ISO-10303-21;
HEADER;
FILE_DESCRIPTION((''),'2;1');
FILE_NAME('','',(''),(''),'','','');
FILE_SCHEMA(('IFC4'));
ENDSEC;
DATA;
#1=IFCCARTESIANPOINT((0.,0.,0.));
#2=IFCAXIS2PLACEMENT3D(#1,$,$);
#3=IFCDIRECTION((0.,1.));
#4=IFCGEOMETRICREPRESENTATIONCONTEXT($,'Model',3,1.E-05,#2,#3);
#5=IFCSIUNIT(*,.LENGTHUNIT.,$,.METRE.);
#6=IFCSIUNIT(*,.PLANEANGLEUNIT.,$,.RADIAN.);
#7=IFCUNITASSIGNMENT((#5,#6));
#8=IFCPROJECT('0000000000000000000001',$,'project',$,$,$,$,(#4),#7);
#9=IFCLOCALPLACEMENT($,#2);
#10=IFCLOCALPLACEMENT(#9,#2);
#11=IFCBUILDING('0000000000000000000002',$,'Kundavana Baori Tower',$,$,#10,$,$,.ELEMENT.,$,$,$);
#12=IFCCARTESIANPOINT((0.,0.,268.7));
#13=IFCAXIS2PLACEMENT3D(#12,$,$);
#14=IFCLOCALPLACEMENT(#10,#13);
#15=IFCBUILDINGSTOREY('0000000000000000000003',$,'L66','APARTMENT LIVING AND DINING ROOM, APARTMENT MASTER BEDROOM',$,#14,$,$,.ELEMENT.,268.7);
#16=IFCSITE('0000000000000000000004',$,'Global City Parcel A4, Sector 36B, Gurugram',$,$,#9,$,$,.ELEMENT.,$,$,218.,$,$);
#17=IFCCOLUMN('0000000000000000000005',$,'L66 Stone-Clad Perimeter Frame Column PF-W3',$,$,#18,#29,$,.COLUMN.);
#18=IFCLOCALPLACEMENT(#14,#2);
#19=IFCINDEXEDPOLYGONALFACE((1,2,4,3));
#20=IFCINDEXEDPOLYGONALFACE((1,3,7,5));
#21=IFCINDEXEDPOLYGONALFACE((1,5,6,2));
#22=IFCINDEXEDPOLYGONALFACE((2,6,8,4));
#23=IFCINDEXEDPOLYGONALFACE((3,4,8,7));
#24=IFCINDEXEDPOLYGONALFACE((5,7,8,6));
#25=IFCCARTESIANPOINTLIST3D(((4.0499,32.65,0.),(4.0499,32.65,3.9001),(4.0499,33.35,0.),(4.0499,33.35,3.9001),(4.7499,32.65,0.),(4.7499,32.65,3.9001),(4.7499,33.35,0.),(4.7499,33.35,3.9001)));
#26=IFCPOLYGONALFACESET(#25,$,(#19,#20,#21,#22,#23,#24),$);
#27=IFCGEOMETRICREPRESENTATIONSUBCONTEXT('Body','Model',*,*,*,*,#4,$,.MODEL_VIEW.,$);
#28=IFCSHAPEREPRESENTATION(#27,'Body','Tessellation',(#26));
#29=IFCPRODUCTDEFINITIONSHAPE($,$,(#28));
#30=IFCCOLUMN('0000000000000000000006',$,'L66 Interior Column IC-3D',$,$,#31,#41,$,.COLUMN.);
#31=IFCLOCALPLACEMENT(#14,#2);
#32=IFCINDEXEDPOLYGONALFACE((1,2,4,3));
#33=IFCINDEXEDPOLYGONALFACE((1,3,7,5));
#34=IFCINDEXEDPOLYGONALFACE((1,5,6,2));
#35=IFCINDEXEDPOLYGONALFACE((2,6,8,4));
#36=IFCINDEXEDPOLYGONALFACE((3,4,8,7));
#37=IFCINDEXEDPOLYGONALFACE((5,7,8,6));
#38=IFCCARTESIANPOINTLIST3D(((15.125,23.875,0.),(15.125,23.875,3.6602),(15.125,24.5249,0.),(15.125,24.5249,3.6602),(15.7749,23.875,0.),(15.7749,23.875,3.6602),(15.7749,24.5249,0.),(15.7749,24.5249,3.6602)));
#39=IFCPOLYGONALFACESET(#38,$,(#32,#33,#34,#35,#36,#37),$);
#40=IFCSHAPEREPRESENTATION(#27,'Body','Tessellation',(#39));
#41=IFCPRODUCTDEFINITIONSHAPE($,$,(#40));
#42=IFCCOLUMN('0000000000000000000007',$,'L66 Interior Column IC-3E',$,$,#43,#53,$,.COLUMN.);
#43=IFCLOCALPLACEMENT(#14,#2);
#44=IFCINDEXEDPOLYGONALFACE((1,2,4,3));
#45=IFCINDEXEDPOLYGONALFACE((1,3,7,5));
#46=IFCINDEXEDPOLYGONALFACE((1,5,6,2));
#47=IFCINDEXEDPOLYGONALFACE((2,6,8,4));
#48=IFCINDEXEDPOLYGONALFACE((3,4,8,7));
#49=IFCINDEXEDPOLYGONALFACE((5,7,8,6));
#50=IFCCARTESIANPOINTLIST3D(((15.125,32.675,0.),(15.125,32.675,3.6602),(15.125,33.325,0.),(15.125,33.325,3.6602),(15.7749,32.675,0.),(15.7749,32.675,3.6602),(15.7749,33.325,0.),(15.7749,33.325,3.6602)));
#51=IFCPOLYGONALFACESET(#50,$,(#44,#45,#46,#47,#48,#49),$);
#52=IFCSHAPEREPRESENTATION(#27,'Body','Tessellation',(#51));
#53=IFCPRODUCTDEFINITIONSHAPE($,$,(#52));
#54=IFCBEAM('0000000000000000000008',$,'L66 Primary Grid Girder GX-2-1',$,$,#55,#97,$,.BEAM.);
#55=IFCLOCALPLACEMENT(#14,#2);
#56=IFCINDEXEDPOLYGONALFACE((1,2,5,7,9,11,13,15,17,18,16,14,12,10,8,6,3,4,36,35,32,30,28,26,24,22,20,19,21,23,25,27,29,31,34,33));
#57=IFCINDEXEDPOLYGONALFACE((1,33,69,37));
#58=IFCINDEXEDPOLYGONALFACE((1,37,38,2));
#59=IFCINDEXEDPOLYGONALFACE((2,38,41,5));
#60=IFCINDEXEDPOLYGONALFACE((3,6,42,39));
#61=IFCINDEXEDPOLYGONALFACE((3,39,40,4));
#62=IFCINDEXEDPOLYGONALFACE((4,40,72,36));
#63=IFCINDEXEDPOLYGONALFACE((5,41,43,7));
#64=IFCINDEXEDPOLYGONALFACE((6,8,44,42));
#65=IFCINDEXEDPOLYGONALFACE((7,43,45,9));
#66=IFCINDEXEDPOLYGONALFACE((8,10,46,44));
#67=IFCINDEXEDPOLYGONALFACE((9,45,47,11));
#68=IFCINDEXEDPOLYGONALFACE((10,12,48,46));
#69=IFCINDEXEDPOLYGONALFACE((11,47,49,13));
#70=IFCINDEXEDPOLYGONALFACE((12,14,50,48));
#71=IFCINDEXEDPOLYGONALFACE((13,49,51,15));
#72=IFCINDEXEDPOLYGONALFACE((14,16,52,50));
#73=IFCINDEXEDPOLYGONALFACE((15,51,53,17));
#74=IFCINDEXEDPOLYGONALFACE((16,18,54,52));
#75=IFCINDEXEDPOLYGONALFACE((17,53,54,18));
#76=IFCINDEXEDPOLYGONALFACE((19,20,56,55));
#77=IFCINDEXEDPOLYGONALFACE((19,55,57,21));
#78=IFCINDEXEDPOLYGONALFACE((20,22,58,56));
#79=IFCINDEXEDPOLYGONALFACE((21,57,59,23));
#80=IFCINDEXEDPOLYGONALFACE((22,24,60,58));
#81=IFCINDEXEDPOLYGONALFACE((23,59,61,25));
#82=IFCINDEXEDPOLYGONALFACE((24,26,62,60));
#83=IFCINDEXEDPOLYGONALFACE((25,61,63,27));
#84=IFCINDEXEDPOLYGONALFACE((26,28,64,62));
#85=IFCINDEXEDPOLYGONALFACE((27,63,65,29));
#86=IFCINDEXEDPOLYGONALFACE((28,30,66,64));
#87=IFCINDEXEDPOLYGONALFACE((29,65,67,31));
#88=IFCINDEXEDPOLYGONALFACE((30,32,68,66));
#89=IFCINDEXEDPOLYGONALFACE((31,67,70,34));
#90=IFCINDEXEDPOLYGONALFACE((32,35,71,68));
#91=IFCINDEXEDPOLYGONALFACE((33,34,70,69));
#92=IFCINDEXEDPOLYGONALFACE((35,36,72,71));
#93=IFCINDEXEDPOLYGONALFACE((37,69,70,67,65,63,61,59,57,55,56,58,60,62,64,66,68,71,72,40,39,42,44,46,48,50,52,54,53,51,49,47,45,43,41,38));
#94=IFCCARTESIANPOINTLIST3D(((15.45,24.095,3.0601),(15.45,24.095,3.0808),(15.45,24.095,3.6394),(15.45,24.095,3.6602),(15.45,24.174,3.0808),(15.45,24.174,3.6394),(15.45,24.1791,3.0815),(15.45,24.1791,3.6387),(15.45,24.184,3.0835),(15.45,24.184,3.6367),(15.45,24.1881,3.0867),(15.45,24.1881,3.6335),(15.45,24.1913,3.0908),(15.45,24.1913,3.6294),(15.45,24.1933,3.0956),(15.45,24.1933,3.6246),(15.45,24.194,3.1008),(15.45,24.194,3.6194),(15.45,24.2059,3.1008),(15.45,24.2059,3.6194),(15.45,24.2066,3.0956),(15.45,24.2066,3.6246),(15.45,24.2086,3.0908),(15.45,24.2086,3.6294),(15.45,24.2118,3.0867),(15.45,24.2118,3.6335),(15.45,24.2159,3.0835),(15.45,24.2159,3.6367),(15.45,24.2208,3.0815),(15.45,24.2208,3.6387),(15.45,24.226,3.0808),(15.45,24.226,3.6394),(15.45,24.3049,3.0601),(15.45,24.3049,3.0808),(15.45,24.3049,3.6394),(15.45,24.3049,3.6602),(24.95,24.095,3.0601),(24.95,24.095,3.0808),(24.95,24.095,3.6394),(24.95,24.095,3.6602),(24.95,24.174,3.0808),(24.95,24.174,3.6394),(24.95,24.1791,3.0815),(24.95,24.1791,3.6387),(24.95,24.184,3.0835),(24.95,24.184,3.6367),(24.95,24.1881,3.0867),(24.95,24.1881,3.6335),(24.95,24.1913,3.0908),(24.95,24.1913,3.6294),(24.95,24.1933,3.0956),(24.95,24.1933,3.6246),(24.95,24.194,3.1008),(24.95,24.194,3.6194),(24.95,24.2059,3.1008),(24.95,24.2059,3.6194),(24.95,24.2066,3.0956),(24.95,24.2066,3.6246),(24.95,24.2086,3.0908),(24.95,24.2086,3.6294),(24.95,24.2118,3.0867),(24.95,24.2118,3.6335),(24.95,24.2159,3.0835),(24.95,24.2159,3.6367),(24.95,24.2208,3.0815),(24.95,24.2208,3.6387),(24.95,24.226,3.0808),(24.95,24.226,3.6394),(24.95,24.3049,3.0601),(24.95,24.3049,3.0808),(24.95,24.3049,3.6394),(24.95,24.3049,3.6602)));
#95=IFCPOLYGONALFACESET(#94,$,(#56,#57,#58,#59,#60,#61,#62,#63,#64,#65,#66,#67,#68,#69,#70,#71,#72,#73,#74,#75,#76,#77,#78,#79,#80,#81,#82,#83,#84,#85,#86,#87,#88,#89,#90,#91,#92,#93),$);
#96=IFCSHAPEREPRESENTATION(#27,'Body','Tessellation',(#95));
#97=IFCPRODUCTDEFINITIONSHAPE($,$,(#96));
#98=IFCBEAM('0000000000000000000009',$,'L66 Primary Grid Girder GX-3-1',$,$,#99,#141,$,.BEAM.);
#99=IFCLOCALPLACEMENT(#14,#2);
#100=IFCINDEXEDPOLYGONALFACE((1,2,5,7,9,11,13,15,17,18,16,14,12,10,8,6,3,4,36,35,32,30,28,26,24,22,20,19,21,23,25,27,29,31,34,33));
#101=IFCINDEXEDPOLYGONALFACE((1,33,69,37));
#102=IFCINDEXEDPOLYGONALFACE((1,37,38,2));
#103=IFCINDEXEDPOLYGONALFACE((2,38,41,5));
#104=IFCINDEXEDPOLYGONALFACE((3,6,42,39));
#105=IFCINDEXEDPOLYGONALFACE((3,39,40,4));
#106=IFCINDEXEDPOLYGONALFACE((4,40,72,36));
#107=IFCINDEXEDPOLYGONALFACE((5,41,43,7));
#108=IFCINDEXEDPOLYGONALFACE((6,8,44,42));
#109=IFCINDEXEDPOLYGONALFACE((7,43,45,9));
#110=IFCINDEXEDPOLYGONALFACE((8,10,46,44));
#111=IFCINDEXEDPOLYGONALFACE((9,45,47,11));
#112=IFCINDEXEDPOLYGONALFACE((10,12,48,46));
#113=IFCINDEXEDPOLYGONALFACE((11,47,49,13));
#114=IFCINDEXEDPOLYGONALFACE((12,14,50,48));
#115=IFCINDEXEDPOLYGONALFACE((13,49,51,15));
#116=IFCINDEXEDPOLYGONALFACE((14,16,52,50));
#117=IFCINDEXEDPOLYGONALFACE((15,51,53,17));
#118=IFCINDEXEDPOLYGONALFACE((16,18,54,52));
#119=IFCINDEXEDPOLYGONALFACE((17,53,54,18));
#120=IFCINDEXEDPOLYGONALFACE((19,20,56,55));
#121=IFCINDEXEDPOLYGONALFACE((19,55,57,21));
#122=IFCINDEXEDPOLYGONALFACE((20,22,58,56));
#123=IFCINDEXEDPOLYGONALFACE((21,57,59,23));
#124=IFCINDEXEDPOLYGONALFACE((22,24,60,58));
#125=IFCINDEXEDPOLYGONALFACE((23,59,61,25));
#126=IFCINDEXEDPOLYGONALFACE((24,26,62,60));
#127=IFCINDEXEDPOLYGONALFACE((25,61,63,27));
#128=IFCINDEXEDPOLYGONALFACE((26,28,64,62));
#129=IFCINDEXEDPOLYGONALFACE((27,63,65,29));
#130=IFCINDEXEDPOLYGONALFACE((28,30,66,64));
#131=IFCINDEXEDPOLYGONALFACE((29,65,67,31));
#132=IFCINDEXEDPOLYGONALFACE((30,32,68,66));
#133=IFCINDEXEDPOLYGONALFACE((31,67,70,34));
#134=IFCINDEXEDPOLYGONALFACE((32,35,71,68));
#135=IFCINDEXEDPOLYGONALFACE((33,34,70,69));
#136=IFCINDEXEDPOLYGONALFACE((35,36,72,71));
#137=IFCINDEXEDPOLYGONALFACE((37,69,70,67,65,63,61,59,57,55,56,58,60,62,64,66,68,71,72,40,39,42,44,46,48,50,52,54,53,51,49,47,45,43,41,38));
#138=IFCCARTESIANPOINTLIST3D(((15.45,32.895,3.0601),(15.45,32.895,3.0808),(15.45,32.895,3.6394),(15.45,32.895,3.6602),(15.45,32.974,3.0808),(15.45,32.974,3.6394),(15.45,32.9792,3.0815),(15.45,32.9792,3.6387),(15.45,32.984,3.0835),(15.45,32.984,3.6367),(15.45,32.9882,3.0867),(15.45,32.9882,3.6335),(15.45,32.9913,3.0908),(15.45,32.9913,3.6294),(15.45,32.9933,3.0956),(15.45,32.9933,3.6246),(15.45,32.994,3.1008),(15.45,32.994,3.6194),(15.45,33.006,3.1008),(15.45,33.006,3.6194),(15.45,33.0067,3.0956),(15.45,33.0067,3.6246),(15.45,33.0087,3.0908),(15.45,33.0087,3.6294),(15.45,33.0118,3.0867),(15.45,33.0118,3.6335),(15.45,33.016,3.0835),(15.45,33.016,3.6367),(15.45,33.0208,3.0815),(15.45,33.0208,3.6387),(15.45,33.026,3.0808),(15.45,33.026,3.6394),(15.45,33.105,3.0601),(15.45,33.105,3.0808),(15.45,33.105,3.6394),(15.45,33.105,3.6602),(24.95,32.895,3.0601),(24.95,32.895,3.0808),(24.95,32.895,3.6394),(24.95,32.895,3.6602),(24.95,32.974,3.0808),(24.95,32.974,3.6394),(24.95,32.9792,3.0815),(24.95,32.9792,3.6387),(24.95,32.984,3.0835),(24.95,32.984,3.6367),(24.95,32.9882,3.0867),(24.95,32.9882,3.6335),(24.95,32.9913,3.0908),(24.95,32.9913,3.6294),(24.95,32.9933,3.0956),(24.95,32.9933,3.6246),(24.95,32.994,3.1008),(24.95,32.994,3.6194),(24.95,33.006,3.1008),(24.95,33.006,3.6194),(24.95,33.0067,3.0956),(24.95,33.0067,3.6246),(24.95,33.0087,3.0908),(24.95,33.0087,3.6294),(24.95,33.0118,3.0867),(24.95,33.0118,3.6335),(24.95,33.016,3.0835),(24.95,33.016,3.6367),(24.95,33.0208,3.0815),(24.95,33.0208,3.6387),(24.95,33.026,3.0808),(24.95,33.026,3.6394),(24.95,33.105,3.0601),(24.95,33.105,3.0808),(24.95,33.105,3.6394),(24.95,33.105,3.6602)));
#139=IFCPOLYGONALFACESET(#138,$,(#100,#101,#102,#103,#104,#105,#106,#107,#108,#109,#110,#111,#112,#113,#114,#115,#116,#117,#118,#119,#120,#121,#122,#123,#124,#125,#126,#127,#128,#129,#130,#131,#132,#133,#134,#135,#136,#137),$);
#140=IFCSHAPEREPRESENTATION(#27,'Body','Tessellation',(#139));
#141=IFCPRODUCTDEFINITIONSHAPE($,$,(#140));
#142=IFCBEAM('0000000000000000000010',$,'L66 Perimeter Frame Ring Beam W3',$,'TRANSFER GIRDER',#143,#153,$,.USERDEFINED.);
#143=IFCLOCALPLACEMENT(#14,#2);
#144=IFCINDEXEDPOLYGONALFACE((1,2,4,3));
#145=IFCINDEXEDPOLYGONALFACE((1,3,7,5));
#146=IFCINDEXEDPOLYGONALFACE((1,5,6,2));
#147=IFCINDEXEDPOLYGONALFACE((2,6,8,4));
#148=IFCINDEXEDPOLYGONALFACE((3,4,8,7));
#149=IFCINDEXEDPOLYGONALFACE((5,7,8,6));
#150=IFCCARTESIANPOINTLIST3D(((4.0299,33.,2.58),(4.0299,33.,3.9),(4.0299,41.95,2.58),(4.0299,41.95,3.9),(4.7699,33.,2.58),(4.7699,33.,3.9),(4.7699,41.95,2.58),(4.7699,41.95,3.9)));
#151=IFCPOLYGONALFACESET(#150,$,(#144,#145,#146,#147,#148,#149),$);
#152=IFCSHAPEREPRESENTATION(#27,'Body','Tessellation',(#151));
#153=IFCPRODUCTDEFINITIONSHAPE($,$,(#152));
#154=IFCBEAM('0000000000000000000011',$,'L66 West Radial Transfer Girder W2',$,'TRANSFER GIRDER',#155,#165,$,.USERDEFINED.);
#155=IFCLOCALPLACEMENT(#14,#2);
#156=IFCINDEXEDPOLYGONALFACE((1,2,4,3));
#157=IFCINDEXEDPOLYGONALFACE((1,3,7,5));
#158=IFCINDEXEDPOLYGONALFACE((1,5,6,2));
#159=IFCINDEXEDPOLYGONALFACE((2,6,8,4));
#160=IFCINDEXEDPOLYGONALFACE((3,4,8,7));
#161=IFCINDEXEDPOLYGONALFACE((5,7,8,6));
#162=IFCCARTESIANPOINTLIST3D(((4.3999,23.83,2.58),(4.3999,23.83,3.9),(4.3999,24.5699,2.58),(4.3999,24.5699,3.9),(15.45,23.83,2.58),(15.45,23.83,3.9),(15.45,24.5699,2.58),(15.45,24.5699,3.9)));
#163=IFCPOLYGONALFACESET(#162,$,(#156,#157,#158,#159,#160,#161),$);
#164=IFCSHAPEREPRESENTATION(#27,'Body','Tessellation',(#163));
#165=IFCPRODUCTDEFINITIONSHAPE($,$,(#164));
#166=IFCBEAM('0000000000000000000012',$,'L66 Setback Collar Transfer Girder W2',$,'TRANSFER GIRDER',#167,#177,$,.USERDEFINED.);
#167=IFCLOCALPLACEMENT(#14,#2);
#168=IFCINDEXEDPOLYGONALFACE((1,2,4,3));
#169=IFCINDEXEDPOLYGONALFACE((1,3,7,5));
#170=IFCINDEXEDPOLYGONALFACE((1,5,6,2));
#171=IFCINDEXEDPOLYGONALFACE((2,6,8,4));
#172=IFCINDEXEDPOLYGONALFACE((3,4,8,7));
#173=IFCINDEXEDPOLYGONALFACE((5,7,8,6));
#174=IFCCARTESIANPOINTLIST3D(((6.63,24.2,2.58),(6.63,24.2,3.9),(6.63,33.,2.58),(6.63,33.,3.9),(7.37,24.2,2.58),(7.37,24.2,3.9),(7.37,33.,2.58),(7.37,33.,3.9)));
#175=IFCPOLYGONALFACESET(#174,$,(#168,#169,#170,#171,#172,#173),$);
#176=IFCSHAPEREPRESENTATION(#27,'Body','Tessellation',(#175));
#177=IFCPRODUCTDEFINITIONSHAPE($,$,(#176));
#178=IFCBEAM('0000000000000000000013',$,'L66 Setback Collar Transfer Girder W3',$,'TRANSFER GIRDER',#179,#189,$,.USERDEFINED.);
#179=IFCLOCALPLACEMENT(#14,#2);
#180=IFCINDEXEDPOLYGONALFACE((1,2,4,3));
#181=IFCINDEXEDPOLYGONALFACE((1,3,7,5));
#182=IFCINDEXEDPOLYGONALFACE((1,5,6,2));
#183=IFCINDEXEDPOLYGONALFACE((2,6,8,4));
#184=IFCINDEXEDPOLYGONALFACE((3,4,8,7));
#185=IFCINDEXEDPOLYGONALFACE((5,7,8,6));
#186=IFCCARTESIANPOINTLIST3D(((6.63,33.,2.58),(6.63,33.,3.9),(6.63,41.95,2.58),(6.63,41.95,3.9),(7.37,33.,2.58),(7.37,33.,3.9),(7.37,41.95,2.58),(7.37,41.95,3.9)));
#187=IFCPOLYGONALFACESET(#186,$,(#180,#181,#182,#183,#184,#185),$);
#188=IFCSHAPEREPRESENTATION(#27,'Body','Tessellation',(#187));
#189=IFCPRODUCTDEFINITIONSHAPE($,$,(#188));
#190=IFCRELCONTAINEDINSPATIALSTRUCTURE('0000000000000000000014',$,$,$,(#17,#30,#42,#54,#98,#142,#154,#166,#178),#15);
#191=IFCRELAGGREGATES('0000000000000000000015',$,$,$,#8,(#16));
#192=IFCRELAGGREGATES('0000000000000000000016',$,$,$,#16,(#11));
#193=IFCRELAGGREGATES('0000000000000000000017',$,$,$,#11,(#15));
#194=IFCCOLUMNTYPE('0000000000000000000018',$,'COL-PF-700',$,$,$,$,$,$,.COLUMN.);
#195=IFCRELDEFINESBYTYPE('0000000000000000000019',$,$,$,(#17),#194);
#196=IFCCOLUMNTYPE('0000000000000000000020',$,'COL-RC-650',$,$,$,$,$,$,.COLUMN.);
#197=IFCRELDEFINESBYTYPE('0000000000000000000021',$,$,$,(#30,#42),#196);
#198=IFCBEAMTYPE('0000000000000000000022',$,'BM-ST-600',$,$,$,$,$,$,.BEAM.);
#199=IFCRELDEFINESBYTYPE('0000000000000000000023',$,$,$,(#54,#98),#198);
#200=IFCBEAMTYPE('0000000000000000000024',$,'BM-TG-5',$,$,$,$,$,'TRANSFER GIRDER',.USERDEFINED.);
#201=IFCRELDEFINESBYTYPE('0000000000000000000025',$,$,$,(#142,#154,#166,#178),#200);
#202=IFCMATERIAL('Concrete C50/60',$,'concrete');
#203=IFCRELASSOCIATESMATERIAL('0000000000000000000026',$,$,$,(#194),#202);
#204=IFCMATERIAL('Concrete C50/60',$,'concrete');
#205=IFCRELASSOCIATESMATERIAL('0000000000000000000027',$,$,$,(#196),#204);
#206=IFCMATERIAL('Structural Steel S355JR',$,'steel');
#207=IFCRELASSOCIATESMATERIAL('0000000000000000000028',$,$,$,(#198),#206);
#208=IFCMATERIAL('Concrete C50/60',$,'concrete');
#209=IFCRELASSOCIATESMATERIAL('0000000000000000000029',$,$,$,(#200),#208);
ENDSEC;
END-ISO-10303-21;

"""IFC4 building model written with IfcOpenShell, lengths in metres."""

from ifc_helpers import new_model, si_unit, direction, frame, origin, origin_2d, place, context, subcontext, project, spatial, rectangle, i_section, extrude, material, material_profile, profile_set, type_object, element, save


model = new_model("IFC4")

# Units and contexts
model_context = context("Model", 3, precision=1e-05, world=origin(), true_north=direction((0.0, 1.0)))
body_context = subcontext(model_context, "Body", "Model", "MODEL_VIEW")
ifc_project = project(units=[si_unit("LENGTHUNIT", "METRE"), si_unit("PLANEANGLEUNIT", "RADIAN")], contexts=[model_context])

# Site, building, storey
site_placement = place(None, origin())
site = spatial("IfcSite", under=ifc_project, at=site_placement, Name="Global City Parcel A4, Sector 36B, Gurugram", CompositionType="ELEMENT", RefElevation=218.0)
building_placement = place(site_placement, origin())
building = spatial("IfcBuilding", under=site, at=building_placement, Name="Kundavana Baori Tower", CompositionType="ELEMENT")
storey_placement = place(building_placement, frame((0.0, 0.0, 268.7)))
storey = spatial("IfcBuildingStorey", under=building, at=storey_placement, Name="L66", Description="APARTMENT LIVING AND DINING ROOM, APARTMENT MASTER BEDROOM", CompositionType="ELEMENT", Elevation=268.7)

# Columns
ifc_material_1 = material(Name="Concrete C50/60", Category="concrete")
ifc_material_profile_1 = material_profile(ifc_material_1, rectangle(XDim=0.7, YDim=0.7, at=origin_2d()), Name="RC PF 700x700")
ifc_profile_set_1 = profile_set([ifc_material_profile_1], Name="Concrete C50/60")
column_type_1 = type_object("IfcColumnType", Name="COL-PF-700", PredefinedType="COLUMN", material=ifc_profile_set_1)
column_placement = place(storey_placement, frame((4.3999, 33.0, 0.0), z_axis=(0.0, 0.0, 1.0), x_axis=(1.0, 0.0, 0.0)))
element("IfcColumn", 1, at=column_placement, inside=storey, type_object=column_type_1, Name="L66 Stone-Clad Perimeter Frame Column PF-W3", PredefinedType="COLUMN", context=body_context, shape_type="SweptSolid", body=[
    extrude(rectangle(XDim=0.7, YDim=0.7, at=origin_2d()), origin(), (0.0, 0.0, 1.0), 3.9001),
])
ifc_material_2 = material(Name="Concrete C50/60", Category="concrete")
ifc_material_profile_2 = material_profile(ifc_material_2, rectangle(XDim=0.6499, YDim=0.6499, at=origin_2d()), Name="RC 650x650")
ifc_profile_set_2 = profile_set([ifc_material_profile_2], Name="Concrete C50/60")
column_type_2 = type_object("IfcColumnType", Name="COL-RC-650", PredefinedType="COLUMN", material=ifc_profile_set_2)
for number, where, z_axis, x_axis, name in (
    (2, (15.45, 24.2, 0.0), (0.0, 0.0, 1.0), (1.0, 0.0, 0.0), "L66 Interior Column IC-3D"),
    (3, (15.45, 33.0, 0.0), (0.0, 0.0, 1.0), (1.0, 0.0, 0.0), "L66 Interior Column IC-3E"),
):
    element("IfcColumn", number, at=place(storey_placement, frame(where, z_axis=z_axis, x_axis=x_axis)), inside=storey, type_object=column_type_2, Name=name, PredefinedType="COLUMN", context=body_context, shape_type="SweptSolid", body=[
        extrude(rectangle(XDim=0.6499, YDim=0.6499, at=origin_2d()), origin(), (0.0, 0.0, 1.0), 3.6602),
    ])

# Beams
ifc_material_3 = material(Name="Structural Steel S355JR", Category="steel")
ifc_material_profile_3 = material_profile(ifc_material_3, i_section(OverallWidth=0.21, OverallDepth=0.6001, WebThickness=0.012, FlangeThickness=0.0208, FilletRadius=0.02, at=origin_2d()), Name="ISMB 600")
ifc_profile_set_3 = profile_set([ifc_material_profile_3], Name="Structural Steel S355JR")
beam_type_1 = type_object("IfcBeamType", Name="BM-ST-600", PredefinedType="BEAM", material=ifc_profile_set_3)
for number, where, z_axis, x_axis, name in (
    (4, (15.45, 24.2, 3.3601), (1.0, 0.0, 0.0), (0.0, 1.0, 0.0), "L66 Primary Grid Girder GX-2-1"),
    (5, (15.45, 33.0, 3.3601), (1.0, 0.0, 0.0), (0.0, 1.0, 0.0), "L66 Primary Grid Girder GX-3-1"),
):
    element("IfcBeam", number, at=place(storey_placement, frame(where, z_axis=z_axis, x_axis=x_axis)), inside=storey, type_object=beam_type_1, Name=name, PredefinedType="BEAM", context=body_context, shape_type="SweptSolid", body=[
        extrude(i_section(OverallWidth=0.21, OverallDepth=0.6001, WebThickness=0.012, FlangeThickness=0.0208, FilletRadius=0.02, at=origin_2d()), origin(), (0.0, 0.0, 1.0), 9.5),
    ])
ifc_material_4 = material(Name="Concrete C50/60", Category="concrete")
ifc_material_profile_4 = material_profile(ifc_material_4, rectangle(XDim=0.74, YDim=1.3201, at=origin_2d()), Name="BM-TG-5")
ifc_profile_set_4 = profile_set([ifc_material_profile_4], Name="Concrete C50/60")
beam_type_2 = type_object("IfcBeamType", Name="BM-TG-5", ElementType="TRANSFER GIRDER", PredefinedType="USERDEFINED", material=ifc_profile_set_4)
beam_1_placement = place(storey_placement, frame((4.3999, 33.0, 3.24), z_axis=(0.0, 1.0, 0.0), x_axis=(-1.0, 0.0, 0.0)))
element("IfcBeam", 6, at=beam_1_placement, inside=storey, type_object=beam_type_2, Name="L66 Perimeter Frame Ring Beam W3", ObjectType="TRANSFER GIRDER", PredefinedType="USERDEFINED", context=body_context, shape_type="SweptSolid", body=[
    extrude(rectangle(XDim=0.74, YDim=1.3201, at=origin_2d()), origin(), (0.0, 0.0, 1.0), 8.95),
])
beam_2_placement = place(storey_placement, frame((15.45, 24.2, 3.24), z_axis=(-1.0, 0.0, 0.0), x_axis=(0.0, -1.0, 0.0)))
element("IfcBeam", 7, at=beam_2_placement, inside=storey, type_object=beam_type_2, Name="L66 West Radial Transfer Girder W2", ObjectType="TRANSFER GIRDER", PredefinedType="USERDEFINED", context=body_context, shape_type="SweptSolid", body=[
    extrude(rectangle(XDim=0.74, YDim=1.3201, at=origin_2d()), origin(), (0.0, 0.0, 1.0), 11.05),
])
beam_3_placement = place(storey_placement, frame((7.0, 24.2, 3.24), z_axis=(0.0, 1.0, 0.0), x_axis=(-1.0, 0.0, 0.0)))
element("IfcBeam", 8, at=beam_3_placement, inside=storey, type_object=beam_type_2, Name="L66 Setback Collar Transfer Girder W2", ObjectType="TRANSFER GIRDER", PredefinedType="USERDEFINED", context=body_context, shape_type="SweptSolid", body=[
    extrude(rectangle(XDim=0.74, YDim=1.3201, at=origin_2d()), origin(), (0.0, 0.0, 1.0), 8.8),
])
beam_4_placement = place(storey_placement, frame((7.0, 33.0, 3.24), z_axis=(0.0, 1.0, 0.0), x_axis=(-1.0, 0.0, 0.0)))
element("IfcBeam", 9, at=beam_4_placement, inside=storey, type_object=beam_type_2, Name="L66 Setback Collar Transfer Girder W3", ObjectType="TRANSFER GIRDER", PredefinedType="USERDEFINED", context=body_context, shape_type="SweptSolid", body=[
    extrude(rectangle(XDim=0.74, YDim=1.3201, at=origin_2d()), origin(), (0.0, 0.0, 1.0), 8.95),
])

save(model, "model.ifc")
